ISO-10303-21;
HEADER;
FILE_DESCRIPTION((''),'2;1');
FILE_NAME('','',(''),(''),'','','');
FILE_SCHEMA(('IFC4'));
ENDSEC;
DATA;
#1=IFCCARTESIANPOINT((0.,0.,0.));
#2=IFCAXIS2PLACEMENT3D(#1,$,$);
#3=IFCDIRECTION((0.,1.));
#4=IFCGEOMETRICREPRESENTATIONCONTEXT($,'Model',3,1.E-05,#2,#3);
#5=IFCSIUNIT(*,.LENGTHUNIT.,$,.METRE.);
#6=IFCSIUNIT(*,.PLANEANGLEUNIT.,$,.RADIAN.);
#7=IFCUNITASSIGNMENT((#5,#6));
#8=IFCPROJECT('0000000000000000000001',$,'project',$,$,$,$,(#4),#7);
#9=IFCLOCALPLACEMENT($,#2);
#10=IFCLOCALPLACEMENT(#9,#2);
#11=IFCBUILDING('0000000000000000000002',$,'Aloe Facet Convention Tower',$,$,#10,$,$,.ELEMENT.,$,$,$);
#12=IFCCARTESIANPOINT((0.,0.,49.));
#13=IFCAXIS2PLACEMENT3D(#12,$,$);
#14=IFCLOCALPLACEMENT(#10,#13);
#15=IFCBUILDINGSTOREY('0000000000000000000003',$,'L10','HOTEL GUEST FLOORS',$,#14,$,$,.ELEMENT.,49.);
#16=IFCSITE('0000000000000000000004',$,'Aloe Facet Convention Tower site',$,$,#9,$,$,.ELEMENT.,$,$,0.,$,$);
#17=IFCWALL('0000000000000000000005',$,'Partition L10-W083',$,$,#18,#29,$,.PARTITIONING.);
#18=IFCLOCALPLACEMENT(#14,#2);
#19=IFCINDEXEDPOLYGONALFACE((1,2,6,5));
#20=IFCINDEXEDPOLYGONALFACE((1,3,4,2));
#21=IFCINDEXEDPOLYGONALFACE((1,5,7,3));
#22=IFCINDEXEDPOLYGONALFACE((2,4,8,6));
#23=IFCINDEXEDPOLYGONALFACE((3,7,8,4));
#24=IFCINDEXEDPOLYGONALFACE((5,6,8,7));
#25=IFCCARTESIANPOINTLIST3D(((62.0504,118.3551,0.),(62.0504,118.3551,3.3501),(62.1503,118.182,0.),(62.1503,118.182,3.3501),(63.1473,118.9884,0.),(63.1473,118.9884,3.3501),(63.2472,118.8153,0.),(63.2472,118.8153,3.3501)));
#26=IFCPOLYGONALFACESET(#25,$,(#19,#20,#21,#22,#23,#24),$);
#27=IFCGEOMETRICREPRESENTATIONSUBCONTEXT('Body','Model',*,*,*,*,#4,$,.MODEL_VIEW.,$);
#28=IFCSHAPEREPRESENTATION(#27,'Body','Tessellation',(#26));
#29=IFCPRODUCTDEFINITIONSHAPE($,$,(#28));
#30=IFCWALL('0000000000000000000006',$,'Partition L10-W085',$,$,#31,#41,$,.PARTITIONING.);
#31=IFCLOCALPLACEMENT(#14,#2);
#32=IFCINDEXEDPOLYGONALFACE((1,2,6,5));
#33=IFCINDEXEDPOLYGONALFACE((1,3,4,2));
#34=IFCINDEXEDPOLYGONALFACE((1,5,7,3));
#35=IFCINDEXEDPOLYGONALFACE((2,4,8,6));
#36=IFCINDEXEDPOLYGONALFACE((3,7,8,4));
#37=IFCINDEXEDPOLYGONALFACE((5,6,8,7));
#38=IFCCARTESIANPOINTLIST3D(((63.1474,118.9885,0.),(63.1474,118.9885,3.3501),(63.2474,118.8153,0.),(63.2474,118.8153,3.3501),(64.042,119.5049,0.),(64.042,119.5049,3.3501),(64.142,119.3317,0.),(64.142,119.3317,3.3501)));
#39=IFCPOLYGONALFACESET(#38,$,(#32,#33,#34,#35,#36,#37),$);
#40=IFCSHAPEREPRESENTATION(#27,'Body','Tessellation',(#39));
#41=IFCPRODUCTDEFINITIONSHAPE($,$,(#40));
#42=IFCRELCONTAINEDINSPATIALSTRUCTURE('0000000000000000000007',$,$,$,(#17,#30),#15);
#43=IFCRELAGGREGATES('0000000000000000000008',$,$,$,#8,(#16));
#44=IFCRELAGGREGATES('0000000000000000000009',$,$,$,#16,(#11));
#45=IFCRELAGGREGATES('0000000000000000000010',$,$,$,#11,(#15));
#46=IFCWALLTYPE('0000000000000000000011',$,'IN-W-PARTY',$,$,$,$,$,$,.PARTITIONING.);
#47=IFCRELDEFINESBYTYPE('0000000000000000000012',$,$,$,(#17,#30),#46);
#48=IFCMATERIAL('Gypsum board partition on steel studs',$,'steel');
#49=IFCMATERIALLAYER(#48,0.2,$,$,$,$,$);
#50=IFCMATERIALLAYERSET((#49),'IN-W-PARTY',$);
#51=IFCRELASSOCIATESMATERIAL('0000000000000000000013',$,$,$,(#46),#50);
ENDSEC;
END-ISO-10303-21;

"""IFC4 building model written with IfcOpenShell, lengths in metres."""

from ifc_helpers import new_model, si_unit, direction, frame, frame_2d, origin, place, context, subcontext, project, spatial, rectangle, extrude, material, layer, layer_set, type_object, element, save


model = new_model("IFC4")

# Units and contexts
model_context = context("Model", 3, precision=1e-05, world=origin(), true_north=direction((0.0, 1.0)))
body_context = subcontext(model_context, "Body", "Model", "MODEL_VIEW")
ifc_project = project(units=[si_unit("LENGTHUNIT", "METRE"), si_unit("PLANEANGLEUNIT", "RADIAN")], contexts=[model_context])

# Site, building, storey
site_placement = place(None, origin())
site = spatial("IfcSite", under=ifc_project, at=site_placement, Name="Aloe Facet Convention Tower site", CompositionType="ELEMENT", RefElevation=0.0)
building_placement = place(site_placement, origin())
building = spatial("IfcBuilding", under=site, at=building_placement, Name="Aloe Facet Convention Tower", CompositionType="ELEMENT")
storey_placement = place(building_placement, frame((0.0, 0.0, 49.0)))
storey = spatial("IfcBuildingStorey", under=building, at=storey_placement, Name="L10", Description="HOTEL GUEST FLOORS", CompositionType="ELEMENT", Elevation=49.0)

# Walls
ifc_material_1 = material(Name="Gypsum board partition on steel studs", Category="steel")
ifc_layer_1 = layer(ifc_material_1, 0.2)
ifc_layer_set_1 = layer_set([ifc_layer_1], Name="IN-W-PARTY")
wall_type_1 = type_object("IfcWallType", Name="IN-W-PARTY", PredefinedType="PARTITIONING", material=ifc_layer_set_1)
wall_1_placement = place(storey_placement, frame((62.1003, 118.2686, 0.0), z_axis=(0.0, 0.0, 1.0), x_axis=(0.866028, 0.499995, 0.0)))
element("IfcWall", 1, at=wall_1_placement, inside=storey, type_object=wall_type_1, Name="Partition L10-W083", PredefinedType="PARTITIONING", context=body_context, shape_type="SweptSolid", body=[
    extrude(rectangle(XDim=1.2666, YDim=0.2, at=frame_2d((0.6333, 0.0))), origin(), (0.0, 0.0, 1.0), 3.3501),
])
wall_2_placement = place(storey_placement, frame((63.1973, 118.9019, 0.0), z_axis=(0.0, 0.0, 1.0), x_axis=(0.866068, 0.499927, 0.0)))
element("IfcWall", 2, at=wall_2_placement, inside=storey, type_object=wall_type_1, Name="Partition L10-W085", PredefinedType="PARTITIONING", context=body_context, shape_type="SweptSolid", body=[
    extrude(rectangle(XDim=1.033, YDim=0.2, at=frame_2d((0.5166, 0.0))), origin(), (0.0, 0.0, 1.0), 3.3501),
])

save(model, "model.ifc")
